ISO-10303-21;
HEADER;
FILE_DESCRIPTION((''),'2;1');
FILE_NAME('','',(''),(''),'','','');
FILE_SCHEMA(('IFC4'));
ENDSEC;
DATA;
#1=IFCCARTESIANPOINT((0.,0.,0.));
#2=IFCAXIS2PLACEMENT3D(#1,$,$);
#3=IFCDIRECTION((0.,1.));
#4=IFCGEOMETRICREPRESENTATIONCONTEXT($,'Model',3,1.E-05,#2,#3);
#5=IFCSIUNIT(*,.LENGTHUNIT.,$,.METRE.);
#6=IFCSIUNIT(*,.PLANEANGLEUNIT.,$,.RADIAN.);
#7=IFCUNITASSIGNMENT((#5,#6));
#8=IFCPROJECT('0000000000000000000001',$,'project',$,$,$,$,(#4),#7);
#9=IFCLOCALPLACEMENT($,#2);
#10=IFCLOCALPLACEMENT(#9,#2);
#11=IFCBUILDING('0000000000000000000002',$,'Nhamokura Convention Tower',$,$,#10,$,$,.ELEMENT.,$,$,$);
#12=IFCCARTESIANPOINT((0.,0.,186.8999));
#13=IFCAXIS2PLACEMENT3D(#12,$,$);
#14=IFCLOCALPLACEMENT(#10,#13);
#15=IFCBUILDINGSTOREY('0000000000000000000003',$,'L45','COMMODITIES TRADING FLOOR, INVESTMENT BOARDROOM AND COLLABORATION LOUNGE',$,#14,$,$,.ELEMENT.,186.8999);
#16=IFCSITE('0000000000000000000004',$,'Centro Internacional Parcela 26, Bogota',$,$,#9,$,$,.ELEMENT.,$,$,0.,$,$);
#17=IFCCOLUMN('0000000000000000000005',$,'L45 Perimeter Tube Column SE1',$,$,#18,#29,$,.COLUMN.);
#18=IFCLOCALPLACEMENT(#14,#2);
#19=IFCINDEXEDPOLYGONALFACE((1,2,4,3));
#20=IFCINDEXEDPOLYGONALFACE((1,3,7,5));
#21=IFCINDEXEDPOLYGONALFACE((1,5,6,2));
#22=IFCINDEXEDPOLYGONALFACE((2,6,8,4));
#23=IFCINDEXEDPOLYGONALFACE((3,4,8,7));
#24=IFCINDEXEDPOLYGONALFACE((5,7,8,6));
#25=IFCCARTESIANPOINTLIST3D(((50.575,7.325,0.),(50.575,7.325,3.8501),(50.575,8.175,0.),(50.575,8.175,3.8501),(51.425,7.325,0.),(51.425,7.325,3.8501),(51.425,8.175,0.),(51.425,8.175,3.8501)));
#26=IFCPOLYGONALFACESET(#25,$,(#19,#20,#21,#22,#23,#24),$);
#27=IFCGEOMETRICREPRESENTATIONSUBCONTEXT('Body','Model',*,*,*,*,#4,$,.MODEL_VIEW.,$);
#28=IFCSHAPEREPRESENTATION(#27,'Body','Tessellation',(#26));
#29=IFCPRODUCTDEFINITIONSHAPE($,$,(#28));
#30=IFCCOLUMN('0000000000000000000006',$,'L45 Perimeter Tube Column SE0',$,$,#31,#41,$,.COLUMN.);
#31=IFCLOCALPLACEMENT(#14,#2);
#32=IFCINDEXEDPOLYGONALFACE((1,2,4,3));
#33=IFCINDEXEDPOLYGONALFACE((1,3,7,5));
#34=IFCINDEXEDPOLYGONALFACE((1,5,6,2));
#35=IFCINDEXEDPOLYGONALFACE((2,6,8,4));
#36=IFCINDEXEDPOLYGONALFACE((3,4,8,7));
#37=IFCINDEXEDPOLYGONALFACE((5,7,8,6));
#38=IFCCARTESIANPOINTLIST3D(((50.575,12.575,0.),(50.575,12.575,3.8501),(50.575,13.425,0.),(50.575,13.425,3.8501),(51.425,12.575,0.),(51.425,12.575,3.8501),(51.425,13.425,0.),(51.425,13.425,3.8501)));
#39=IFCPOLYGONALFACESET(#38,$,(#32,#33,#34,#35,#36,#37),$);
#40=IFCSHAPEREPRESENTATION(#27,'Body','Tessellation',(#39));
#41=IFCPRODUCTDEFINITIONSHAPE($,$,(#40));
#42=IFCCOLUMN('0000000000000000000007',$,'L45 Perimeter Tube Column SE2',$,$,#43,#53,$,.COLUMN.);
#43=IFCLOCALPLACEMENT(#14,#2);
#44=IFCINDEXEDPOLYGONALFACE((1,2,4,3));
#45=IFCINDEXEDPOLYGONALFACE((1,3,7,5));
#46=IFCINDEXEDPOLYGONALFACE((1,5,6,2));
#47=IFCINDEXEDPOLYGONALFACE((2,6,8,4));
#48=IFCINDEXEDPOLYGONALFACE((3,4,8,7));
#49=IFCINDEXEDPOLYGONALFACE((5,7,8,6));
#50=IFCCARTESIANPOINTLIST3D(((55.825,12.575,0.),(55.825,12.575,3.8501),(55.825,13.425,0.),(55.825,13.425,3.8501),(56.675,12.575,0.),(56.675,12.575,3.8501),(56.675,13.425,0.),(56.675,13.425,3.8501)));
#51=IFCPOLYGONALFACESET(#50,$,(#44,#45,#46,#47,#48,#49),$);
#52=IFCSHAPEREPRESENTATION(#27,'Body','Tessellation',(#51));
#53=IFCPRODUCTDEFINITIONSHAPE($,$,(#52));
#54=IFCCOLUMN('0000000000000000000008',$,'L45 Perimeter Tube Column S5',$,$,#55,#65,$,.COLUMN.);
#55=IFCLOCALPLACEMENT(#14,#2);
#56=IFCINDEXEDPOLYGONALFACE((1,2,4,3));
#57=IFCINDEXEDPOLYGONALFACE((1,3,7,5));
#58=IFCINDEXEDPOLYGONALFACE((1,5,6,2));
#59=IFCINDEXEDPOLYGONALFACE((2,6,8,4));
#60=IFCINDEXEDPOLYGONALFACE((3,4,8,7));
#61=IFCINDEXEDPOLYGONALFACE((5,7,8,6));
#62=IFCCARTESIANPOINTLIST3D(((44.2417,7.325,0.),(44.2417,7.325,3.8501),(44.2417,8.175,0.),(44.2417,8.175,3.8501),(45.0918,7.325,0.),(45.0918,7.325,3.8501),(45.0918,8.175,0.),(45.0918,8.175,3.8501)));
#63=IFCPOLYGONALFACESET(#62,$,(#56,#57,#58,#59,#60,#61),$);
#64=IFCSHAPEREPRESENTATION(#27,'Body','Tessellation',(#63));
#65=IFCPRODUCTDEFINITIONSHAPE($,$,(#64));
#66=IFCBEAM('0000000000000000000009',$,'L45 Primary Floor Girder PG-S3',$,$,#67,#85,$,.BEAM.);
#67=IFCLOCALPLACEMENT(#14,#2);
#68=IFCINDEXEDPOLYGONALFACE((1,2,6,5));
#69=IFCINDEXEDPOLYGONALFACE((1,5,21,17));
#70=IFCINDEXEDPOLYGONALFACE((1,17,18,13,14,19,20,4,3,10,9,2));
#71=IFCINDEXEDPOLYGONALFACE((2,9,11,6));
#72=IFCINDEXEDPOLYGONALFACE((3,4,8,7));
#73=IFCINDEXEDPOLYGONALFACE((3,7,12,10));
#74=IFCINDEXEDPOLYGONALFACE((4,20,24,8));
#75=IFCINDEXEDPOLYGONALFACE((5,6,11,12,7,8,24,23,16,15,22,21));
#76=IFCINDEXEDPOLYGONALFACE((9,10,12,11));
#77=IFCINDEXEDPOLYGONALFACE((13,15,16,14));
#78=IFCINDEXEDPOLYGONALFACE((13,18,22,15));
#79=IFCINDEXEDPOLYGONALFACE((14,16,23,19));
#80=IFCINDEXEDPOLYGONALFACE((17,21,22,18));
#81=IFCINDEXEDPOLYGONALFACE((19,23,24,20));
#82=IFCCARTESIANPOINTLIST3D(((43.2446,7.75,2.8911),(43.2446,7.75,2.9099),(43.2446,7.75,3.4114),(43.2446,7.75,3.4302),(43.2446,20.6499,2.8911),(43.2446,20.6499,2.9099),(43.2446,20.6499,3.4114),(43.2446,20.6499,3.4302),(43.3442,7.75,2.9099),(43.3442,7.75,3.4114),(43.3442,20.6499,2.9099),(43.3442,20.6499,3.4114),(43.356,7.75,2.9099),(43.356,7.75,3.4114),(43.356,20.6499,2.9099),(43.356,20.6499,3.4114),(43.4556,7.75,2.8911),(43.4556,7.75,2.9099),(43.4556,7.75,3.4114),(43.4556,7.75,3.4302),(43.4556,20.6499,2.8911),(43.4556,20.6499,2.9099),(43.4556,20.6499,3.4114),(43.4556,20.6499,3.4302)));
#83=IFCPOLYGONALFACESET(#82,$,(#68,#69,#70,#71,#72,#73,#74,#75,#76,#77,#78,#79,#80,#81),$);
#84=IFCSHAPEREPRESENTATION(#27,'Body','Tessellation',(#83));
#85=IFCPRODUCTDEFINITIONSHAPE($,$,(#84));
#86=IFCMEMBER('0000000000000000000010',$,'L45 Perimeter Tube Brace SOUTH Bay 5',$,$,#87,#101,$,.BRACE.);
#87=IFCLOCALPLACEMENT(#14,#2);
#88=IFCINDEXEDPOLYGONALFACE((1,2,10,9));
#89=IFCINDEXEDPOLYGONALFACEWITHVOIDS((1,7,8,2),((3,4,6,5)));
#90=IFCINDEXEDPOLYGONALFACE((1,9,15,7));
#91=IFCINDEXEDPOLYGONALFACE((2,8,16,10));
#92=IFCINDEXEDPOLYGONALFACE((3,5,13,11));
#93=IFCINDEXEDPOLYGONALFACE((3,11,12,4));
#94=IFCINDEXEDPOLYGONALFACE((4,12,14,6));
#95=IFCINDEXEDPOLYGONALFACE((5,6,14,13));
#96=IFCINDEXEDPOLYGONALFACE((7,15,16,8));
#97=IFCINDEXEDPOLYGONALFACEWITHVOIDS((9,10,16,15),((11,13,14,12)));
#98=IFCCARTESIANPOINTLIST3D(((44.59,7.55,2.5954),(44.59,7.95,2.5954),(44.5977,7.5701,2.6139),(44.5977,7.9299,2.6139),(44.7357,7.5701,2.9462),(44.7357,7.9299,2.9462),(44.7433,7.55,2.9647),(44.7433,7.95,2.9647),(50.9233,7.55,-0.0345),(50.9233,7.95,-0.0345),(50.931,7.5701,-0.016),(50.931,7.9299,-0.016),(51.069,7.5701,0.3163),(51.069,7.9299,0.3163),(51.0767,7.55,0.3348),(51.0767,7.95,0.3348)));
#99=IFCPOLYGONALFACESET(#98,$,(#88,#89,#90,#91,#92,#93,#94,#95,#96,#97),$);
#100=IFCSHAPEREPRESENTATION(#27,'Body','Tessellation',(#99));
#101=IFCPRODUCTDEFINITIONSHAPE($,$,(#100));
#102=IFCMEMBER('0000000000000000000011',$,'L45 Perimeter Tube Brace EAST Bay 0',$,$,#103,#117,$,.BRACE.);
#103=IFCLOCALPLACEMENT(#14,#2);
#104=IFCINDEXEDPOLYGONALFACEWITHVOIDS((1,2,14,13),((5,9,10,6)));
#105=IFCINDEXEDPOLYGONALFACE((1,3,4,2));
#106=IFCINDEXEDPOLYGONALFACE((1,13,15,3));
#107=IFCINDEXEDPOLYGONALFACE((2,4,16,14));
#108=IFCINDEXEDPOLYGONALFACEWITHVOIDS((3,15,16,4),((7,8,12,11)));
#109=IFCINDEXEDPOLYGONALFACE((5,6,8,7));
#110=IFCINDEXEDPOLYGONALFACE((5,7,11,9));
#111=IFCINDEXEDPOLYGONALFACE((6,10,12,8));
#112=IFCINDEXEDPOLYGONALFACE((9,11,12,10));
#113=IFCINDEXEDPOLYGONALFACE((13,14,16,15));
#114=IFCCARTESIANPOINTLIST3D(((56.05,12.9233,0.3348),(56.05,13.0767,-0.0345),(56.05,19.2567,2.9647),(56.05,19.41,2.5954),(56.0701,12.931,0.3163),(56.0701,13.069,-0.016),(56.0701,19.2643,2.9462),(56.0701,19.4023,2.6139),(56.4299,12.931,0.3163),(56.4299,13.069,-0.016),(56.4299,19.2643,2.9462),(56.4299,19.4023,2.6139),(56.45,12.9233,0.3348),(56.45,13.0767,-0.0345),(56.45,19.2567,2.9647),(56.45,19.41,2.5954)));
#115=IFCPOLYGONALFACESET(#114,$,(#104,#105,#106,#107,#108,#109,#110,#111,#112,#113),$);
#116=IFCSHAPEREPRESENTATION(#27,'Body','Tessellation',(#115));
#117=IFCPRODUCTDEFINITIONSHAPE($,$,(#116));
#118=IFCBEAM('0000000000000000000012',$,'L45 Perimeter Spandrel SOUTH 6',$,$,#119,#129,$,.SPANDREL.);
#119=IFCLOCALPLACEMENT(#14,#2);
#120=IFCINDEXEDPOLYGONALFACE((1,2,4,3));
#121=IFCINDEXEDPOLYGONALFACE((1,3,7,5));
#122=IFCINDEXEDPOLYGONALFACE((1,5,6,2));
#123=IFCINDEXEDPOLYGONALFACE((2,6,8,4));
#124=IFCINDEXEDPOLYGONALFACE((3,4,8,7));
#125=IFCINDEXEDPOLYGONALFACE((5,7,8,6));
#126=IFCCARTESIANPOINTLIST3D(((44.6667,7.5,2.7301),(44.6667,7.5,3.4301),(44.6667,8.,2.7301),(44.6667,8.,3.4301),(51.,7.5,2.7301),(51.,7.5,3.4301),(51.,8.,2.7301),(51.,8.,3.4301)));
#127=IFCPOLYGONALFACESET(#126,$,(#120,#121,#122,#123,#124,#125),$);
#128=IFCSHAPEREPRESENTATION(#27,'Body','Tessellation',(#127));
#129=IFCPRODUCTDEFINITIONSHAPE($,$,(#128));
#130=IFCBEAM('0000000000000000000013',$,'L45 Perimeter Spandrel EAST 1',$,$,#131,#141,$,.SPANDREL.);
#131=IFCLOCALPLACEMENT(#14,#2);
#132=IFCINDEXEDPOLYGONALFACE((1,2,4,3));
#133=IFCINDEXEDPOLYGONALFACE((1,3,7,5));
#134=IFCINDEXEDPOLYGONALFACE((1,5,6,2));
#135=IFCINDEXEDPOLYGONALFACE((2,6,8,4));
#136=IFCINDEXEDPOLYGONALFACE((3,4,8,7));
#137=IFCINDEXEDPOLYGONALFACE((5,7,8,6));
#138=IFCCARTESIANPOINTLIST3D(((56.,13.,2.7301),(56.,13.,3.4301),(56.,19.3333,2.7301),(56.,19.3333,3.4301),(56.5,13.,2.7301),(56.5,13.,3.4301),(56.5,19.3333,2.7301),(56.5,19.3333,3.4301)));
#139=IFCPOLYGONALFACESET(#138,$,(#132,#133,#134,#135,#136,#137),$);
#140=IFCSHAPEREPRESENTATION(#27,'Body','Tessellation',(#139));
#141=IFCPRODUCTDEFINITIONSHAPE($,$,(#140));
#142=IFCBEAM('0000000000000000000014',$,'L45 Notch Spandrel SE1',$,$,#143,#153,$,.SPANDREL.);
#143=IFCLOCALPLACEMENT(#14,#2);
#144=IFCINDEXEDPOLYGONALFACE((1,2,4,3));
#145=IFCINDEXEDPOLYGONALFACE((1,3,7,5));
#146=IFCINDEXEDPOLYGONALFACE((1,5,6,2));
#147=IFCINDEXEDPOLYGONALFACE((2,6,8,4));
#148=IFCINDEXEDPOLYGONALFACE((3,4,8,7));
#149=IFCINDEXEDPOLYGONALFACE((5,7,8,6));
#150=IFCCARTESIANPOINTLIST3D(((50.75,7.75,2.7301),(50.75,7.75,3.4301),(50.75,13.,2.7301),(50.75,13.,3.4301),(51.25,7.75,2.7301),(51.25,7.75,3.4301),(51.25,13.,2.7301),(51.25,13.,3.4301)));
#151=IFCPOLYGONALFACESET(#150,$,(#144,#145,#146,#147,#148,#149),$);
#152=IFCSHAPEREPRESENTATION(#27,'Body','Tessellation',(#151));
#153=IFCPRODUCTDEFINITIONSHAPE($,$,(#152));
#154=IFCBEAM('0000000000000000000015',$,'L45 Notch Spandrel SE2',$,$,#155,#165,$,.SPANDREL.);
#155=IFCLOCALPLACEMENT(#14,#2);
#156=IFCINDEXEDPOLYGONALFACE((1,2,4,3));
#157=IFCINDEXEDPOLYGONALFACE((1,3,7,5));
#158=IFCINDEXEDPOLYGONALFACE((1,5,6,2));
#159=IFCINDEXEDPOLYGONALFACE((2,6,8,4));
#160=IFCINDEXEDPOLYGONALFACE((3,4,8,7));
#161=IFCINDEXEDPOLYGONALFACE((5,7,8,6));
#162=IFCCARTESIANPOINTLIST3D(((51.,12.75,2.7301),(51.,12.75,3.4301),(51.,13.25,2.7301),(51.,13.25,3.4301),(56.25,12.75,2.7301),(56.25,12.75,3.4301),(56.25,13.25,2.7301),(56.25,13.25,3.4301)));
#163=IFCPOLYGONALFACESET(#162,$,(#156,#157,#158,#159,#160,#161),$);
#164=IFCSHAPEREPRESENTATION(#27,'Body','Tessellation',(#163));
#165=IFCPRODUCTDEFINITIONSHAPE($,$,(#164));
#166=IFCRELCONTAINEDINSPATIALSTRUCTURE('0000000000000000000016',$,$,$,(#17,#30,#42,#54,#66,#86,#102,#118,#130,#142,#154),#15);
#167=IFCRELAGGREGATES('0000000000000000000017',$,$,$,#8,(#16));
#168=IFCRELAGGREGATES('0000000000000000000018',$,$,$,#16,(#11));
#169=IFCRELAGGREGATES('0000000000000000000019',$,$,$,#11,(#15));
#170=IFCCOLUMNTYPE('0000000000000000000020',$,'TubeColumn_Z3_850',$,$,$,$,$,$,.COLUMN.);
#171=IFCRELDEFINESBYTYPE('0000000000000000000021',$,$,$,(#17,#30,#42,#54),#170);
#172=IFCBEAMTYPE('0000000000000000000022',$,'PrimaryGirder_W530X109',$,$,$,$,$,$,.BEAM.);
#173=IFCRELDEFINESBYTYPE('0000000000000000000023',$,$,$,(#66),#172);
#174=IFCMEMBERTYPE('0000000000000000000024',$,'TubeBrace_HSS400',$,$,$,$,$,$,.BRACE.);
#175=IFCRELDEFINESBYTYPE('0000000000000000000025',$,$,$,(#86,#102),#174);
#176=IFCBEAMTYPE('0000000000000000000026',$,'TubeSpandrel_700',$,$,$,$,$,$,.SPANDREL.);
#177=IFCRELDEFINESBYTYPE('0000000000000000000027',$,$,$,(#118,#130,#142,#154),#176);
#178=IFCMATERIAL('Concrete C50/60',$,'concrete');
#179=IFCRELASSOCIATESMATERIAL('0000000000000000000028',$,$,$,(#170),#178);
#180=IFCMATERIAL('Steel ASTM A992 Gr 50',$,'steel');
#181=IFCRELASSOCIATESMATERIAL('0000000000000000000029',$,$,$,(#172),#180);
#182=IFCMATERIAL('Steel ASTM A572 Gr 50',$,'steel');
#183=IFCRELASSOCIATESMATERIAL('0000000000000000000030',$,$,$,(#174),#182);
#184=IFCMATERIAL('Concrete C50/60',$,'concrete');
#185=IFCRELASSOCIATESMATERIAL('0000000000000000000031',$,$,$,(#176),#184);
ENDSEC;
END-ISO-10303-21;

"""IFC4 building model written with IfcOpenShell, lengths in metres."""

from ifc_helpers import new_model, si_unit, direction, frame, origin, origin_2d, place, context, subcontext, project, spatial, rectangle, hollow_rectangle, i_section, extrude, material, material_profile, profile_set, type_object, element, save


model = new_model("IFC4")

# Units and contexts
model_context = context("Model", 3, precision=1e-05, world=origin(), true_north=direction((0.0, 1.0)))
body_context = subcontext(model_context, "Body", "Model", "MODEL_VIEW")
ifc_project = project(units=[si_unit("LENGTHUNIT", "METRE"), si_unit("PLANEANGLEUNIT", "RADIAN")], contexts=[model_context])

# Site, building, storey
site_placement = place(None, origin())
site = spatial("IfcSite", under=ifc_project, at=site_placement, Name="Centro Internacional Parcela 26, Bogota", CompositionType="ELEMENT", RefElevation=0.0)
building_placement = place(site_placement, origin())
building = spatial("IfcBuilding", under=site, at=building_placement, Name="Nhamokura Convention Tower", CompositionType="ELEMENT")
storey_placement = place(building_placement, frame((0.0, 0.0, 186.8999)))
storey = spatial("IfcBuildingStorey", under=building, at=storey_placement, Name="L45", Description="COMMODITIES TRADING FLOOR, INVESTMENT BOARDROOM AND COLLABORATION LOUNGE", CompositionType="ELEMENT", Elevation=186.8999)

# Columns
ifc_material_1 = material(Name="Concrete C50/60", Category="concrete")
ifc_material_profile_1 = material_profile(ifc_material_1, rectangle(XDim=0.8501, YDim=0.8501, at=origin_2d()))
ifc_profile_set_1 = profile_set([ifc_material_profile_1], Name="Concrete C50/60")
column_type = type_object("IfcColumnType", Name="TubeColumn_Z3_850", PredefinedType="COLUMN", material=ifc_profile_set_1)
for number, where, z_axis, x_axis, name in (
    (1, (51.0, 7.75, 0.0), (0.0, 0.0, 1.0), (1.0, 0.0, 0.0), "L45 Perimeter Tube Column SE1"),
    (2, (51.0, 13.0, 0.0), (0.0, 0.0, 1.0), (1.0, 0.0, 0.0), "L45 Perimeter Tube Column SE0"),
    (3, (56.25, 13.0, 0.0), (0.0, 0.0, 1.0), (1.0, 0.0, 0.0), "L45 Perimeter Tube Column SE2"),
    (4, (44.6667, 7.75, 0.0), (0.0, 0.0, 1.0), (1.0, 0.0, 0.0), "L45 Perimeter Tube Column S5"),
):
    element("IfcColumn", number, at=place(storey_placement, frame(where, z_axis=z_axis, x_axis=x_axis)), inside=storey, type_object=column_type, Name=name, PredefinedType="COLUMN", context=body_context, shape_type="SweptSolid", body=[
        extrude(rectangle(XDim=0.8501, YDim=0.8501, at=origin_2d()), origin(), (0.0, 0.0, 1.0), 3.8501),
    ])

# Beam
ifc_material_2 = material(Name="Steel ASTM A992 Gr 50", Category="steel")
ifc_material_profile_2 = material_profile(ifc_material_2, i_section(OverallWidth=0.2109, OverallDepth=0.5391, WebThickness=0.0117, FlangeThickness=0.0188, at=origin_2d()))
ifc_profile_set_2 = profile_set([ifc_material_profile_2], Name="Steel ASTM A992 Gr 50")
beam_type_1 = type_object("IfcBeamType", Name="PrimaryGirder_W530X109", PredefinedType="BEAM", material=ifc_profile_set_2)
beam_placement = place(storey_placement, frame((43.3501, 7.75, 3.1606), z_axis=(0.0, 1.0, 0.0), x_axis=(-1.0, 0.0, 0.0)))
element("IfcBeam", 5, at=beam_placement, inside=storey, type_object=beam_type_1, Name="L45 Primary Floor Girder PG-S3", PredefinedType="BEAM", context=body_context, shape_type="SweptSolid", body=[
    extrude(i_section(OverallWidth=0.2109, OverallDepth=0.5391, WebThickness=0.0117, FlangeThickness=0.0188, at=origin_2d()), origin(), (0.0, 0.0, 1.0), 12.8999),
])

# Members
ifc_material_3 = material(Name="Steel ASTM A572 Gr 50", Category="steel")
ifc_material_profile_3 = material_profile(ifc_material_3, hollow_rectangle(XDim=0.3999, YDim=0.3999, WallThickness=0.02, at=origin_2d()))
ifc_profile_set_3 = profile_set([ifc_material_profile_3], Name="Steel ASTM A572 Gr 50")
member_type = type_object("IfcMemberType", Name="TubeBrace_HSS400", PredefinedType="BRACE", material=ifc_profile_set_3)
for number, where, z_axis, x_axis, name in (
    (6, (51.0, 7.75, 0.1501), (-0.923541, 0.0, 0.3835), (0.0, -1.0, 0.0), "L45 Perimeter Tube Brace SOUTH Bay 5"),
    (7, (56.25, 13.0, 0.1501), (0.0, 0.923541, 0.3835), (-1.0, 0.0, 0.0), "L45 Perimeter Tube Brace EAST Bay 0"),
):
    element("IfcMember", number, at=place(storey_placement, frame(where, z_axis=z_axis, x_axis=x_axis)), inside=storey, type_object=member_type, Name=name, PredefinedType="BRACE", context=body_context, shape_type="SweptSolid", body=[
        extrude(hollow_rectangle(XDim=0.3999, YDim=0.3999, WallThickness=0.02, at=origin_2d()), origin(), (0.0, 0.0, 1.0), 6.8577),
    ])

# Beams
ifc_material_4 = material(Name="Concrete C50/60", Category="concrete")
ifc_material_profile_4 = material_profile(ifc_material_4, rectangle(XDim=0.5, YDim=0.7, at=origin_2d()))
ifc_profile_set_4 = profile_set([ifc_material_profile_4], Name="Concrete C50/60")
beam_type_2 = type_object("IfcBeamType", Name="TubeSpandrel_700", PredefinedType="SPANDREL", material=ifc_profile_set_4)
for number, where, z_axis, x_axis, name in (
    (8, (44.6667, 7.75, 3.0801), (1.0, 0.0, 0.0), (0.0, 1.0, 0.0), "L45 Perimeter Spandrel SOUTH 6"),
    (9, (56.25, 13.0, 3.0801), (0.0, 1.0, 0.0), (-1.0, 0.0, 0.0), "L45 Perimeter Spandrel EAST 1"),
):
    element("IfcBeam", number, at=place(storey_placement, frame(where, z_axis=z_axis, x_axis=x_axis)), inside=storey, type_object=beam_type_2, Name=name, PredefinedType="SPANDREL", context=body_context, shape_type="SweptSolid", body=[
        extrude(rectangle(XDim=0.5, YDim=0.7, at=origin_2d()), origin(), (0.0, 0.0, 1.0), 6.3333),
    ])
for number, where, z_axis, x_axis, name in (
    (10, (51.0, 7.75, 3.0801), (0.0, 1.0, 0.0), (-1.0, 0.0, 0.0), "L45 Notch Spandrel SE1"),
    (11, (51.0, 13.0, 3.0801), (1.0, 0.0, 0.0), (0.0, 1.0, 0.0), "L45 Notch Spandrel SE2"),
):
    element("IfcBeam", number, at=place(storey_placement, frame(where, z_axis=z_axis, x_axis=x_axis)), inside=storey, type_object=beam_type_2, Name=name, PredefinedType="SPANDREL", context=body_context, shape_type="SweptSolid", body=[
        extrude(rectangle(XDim=0.5, YDim=0.7, at=origin_2d()), origin(), (0.0, 0.0, 1.0), 5.25),
    ])

save(model, "model.ifc")
